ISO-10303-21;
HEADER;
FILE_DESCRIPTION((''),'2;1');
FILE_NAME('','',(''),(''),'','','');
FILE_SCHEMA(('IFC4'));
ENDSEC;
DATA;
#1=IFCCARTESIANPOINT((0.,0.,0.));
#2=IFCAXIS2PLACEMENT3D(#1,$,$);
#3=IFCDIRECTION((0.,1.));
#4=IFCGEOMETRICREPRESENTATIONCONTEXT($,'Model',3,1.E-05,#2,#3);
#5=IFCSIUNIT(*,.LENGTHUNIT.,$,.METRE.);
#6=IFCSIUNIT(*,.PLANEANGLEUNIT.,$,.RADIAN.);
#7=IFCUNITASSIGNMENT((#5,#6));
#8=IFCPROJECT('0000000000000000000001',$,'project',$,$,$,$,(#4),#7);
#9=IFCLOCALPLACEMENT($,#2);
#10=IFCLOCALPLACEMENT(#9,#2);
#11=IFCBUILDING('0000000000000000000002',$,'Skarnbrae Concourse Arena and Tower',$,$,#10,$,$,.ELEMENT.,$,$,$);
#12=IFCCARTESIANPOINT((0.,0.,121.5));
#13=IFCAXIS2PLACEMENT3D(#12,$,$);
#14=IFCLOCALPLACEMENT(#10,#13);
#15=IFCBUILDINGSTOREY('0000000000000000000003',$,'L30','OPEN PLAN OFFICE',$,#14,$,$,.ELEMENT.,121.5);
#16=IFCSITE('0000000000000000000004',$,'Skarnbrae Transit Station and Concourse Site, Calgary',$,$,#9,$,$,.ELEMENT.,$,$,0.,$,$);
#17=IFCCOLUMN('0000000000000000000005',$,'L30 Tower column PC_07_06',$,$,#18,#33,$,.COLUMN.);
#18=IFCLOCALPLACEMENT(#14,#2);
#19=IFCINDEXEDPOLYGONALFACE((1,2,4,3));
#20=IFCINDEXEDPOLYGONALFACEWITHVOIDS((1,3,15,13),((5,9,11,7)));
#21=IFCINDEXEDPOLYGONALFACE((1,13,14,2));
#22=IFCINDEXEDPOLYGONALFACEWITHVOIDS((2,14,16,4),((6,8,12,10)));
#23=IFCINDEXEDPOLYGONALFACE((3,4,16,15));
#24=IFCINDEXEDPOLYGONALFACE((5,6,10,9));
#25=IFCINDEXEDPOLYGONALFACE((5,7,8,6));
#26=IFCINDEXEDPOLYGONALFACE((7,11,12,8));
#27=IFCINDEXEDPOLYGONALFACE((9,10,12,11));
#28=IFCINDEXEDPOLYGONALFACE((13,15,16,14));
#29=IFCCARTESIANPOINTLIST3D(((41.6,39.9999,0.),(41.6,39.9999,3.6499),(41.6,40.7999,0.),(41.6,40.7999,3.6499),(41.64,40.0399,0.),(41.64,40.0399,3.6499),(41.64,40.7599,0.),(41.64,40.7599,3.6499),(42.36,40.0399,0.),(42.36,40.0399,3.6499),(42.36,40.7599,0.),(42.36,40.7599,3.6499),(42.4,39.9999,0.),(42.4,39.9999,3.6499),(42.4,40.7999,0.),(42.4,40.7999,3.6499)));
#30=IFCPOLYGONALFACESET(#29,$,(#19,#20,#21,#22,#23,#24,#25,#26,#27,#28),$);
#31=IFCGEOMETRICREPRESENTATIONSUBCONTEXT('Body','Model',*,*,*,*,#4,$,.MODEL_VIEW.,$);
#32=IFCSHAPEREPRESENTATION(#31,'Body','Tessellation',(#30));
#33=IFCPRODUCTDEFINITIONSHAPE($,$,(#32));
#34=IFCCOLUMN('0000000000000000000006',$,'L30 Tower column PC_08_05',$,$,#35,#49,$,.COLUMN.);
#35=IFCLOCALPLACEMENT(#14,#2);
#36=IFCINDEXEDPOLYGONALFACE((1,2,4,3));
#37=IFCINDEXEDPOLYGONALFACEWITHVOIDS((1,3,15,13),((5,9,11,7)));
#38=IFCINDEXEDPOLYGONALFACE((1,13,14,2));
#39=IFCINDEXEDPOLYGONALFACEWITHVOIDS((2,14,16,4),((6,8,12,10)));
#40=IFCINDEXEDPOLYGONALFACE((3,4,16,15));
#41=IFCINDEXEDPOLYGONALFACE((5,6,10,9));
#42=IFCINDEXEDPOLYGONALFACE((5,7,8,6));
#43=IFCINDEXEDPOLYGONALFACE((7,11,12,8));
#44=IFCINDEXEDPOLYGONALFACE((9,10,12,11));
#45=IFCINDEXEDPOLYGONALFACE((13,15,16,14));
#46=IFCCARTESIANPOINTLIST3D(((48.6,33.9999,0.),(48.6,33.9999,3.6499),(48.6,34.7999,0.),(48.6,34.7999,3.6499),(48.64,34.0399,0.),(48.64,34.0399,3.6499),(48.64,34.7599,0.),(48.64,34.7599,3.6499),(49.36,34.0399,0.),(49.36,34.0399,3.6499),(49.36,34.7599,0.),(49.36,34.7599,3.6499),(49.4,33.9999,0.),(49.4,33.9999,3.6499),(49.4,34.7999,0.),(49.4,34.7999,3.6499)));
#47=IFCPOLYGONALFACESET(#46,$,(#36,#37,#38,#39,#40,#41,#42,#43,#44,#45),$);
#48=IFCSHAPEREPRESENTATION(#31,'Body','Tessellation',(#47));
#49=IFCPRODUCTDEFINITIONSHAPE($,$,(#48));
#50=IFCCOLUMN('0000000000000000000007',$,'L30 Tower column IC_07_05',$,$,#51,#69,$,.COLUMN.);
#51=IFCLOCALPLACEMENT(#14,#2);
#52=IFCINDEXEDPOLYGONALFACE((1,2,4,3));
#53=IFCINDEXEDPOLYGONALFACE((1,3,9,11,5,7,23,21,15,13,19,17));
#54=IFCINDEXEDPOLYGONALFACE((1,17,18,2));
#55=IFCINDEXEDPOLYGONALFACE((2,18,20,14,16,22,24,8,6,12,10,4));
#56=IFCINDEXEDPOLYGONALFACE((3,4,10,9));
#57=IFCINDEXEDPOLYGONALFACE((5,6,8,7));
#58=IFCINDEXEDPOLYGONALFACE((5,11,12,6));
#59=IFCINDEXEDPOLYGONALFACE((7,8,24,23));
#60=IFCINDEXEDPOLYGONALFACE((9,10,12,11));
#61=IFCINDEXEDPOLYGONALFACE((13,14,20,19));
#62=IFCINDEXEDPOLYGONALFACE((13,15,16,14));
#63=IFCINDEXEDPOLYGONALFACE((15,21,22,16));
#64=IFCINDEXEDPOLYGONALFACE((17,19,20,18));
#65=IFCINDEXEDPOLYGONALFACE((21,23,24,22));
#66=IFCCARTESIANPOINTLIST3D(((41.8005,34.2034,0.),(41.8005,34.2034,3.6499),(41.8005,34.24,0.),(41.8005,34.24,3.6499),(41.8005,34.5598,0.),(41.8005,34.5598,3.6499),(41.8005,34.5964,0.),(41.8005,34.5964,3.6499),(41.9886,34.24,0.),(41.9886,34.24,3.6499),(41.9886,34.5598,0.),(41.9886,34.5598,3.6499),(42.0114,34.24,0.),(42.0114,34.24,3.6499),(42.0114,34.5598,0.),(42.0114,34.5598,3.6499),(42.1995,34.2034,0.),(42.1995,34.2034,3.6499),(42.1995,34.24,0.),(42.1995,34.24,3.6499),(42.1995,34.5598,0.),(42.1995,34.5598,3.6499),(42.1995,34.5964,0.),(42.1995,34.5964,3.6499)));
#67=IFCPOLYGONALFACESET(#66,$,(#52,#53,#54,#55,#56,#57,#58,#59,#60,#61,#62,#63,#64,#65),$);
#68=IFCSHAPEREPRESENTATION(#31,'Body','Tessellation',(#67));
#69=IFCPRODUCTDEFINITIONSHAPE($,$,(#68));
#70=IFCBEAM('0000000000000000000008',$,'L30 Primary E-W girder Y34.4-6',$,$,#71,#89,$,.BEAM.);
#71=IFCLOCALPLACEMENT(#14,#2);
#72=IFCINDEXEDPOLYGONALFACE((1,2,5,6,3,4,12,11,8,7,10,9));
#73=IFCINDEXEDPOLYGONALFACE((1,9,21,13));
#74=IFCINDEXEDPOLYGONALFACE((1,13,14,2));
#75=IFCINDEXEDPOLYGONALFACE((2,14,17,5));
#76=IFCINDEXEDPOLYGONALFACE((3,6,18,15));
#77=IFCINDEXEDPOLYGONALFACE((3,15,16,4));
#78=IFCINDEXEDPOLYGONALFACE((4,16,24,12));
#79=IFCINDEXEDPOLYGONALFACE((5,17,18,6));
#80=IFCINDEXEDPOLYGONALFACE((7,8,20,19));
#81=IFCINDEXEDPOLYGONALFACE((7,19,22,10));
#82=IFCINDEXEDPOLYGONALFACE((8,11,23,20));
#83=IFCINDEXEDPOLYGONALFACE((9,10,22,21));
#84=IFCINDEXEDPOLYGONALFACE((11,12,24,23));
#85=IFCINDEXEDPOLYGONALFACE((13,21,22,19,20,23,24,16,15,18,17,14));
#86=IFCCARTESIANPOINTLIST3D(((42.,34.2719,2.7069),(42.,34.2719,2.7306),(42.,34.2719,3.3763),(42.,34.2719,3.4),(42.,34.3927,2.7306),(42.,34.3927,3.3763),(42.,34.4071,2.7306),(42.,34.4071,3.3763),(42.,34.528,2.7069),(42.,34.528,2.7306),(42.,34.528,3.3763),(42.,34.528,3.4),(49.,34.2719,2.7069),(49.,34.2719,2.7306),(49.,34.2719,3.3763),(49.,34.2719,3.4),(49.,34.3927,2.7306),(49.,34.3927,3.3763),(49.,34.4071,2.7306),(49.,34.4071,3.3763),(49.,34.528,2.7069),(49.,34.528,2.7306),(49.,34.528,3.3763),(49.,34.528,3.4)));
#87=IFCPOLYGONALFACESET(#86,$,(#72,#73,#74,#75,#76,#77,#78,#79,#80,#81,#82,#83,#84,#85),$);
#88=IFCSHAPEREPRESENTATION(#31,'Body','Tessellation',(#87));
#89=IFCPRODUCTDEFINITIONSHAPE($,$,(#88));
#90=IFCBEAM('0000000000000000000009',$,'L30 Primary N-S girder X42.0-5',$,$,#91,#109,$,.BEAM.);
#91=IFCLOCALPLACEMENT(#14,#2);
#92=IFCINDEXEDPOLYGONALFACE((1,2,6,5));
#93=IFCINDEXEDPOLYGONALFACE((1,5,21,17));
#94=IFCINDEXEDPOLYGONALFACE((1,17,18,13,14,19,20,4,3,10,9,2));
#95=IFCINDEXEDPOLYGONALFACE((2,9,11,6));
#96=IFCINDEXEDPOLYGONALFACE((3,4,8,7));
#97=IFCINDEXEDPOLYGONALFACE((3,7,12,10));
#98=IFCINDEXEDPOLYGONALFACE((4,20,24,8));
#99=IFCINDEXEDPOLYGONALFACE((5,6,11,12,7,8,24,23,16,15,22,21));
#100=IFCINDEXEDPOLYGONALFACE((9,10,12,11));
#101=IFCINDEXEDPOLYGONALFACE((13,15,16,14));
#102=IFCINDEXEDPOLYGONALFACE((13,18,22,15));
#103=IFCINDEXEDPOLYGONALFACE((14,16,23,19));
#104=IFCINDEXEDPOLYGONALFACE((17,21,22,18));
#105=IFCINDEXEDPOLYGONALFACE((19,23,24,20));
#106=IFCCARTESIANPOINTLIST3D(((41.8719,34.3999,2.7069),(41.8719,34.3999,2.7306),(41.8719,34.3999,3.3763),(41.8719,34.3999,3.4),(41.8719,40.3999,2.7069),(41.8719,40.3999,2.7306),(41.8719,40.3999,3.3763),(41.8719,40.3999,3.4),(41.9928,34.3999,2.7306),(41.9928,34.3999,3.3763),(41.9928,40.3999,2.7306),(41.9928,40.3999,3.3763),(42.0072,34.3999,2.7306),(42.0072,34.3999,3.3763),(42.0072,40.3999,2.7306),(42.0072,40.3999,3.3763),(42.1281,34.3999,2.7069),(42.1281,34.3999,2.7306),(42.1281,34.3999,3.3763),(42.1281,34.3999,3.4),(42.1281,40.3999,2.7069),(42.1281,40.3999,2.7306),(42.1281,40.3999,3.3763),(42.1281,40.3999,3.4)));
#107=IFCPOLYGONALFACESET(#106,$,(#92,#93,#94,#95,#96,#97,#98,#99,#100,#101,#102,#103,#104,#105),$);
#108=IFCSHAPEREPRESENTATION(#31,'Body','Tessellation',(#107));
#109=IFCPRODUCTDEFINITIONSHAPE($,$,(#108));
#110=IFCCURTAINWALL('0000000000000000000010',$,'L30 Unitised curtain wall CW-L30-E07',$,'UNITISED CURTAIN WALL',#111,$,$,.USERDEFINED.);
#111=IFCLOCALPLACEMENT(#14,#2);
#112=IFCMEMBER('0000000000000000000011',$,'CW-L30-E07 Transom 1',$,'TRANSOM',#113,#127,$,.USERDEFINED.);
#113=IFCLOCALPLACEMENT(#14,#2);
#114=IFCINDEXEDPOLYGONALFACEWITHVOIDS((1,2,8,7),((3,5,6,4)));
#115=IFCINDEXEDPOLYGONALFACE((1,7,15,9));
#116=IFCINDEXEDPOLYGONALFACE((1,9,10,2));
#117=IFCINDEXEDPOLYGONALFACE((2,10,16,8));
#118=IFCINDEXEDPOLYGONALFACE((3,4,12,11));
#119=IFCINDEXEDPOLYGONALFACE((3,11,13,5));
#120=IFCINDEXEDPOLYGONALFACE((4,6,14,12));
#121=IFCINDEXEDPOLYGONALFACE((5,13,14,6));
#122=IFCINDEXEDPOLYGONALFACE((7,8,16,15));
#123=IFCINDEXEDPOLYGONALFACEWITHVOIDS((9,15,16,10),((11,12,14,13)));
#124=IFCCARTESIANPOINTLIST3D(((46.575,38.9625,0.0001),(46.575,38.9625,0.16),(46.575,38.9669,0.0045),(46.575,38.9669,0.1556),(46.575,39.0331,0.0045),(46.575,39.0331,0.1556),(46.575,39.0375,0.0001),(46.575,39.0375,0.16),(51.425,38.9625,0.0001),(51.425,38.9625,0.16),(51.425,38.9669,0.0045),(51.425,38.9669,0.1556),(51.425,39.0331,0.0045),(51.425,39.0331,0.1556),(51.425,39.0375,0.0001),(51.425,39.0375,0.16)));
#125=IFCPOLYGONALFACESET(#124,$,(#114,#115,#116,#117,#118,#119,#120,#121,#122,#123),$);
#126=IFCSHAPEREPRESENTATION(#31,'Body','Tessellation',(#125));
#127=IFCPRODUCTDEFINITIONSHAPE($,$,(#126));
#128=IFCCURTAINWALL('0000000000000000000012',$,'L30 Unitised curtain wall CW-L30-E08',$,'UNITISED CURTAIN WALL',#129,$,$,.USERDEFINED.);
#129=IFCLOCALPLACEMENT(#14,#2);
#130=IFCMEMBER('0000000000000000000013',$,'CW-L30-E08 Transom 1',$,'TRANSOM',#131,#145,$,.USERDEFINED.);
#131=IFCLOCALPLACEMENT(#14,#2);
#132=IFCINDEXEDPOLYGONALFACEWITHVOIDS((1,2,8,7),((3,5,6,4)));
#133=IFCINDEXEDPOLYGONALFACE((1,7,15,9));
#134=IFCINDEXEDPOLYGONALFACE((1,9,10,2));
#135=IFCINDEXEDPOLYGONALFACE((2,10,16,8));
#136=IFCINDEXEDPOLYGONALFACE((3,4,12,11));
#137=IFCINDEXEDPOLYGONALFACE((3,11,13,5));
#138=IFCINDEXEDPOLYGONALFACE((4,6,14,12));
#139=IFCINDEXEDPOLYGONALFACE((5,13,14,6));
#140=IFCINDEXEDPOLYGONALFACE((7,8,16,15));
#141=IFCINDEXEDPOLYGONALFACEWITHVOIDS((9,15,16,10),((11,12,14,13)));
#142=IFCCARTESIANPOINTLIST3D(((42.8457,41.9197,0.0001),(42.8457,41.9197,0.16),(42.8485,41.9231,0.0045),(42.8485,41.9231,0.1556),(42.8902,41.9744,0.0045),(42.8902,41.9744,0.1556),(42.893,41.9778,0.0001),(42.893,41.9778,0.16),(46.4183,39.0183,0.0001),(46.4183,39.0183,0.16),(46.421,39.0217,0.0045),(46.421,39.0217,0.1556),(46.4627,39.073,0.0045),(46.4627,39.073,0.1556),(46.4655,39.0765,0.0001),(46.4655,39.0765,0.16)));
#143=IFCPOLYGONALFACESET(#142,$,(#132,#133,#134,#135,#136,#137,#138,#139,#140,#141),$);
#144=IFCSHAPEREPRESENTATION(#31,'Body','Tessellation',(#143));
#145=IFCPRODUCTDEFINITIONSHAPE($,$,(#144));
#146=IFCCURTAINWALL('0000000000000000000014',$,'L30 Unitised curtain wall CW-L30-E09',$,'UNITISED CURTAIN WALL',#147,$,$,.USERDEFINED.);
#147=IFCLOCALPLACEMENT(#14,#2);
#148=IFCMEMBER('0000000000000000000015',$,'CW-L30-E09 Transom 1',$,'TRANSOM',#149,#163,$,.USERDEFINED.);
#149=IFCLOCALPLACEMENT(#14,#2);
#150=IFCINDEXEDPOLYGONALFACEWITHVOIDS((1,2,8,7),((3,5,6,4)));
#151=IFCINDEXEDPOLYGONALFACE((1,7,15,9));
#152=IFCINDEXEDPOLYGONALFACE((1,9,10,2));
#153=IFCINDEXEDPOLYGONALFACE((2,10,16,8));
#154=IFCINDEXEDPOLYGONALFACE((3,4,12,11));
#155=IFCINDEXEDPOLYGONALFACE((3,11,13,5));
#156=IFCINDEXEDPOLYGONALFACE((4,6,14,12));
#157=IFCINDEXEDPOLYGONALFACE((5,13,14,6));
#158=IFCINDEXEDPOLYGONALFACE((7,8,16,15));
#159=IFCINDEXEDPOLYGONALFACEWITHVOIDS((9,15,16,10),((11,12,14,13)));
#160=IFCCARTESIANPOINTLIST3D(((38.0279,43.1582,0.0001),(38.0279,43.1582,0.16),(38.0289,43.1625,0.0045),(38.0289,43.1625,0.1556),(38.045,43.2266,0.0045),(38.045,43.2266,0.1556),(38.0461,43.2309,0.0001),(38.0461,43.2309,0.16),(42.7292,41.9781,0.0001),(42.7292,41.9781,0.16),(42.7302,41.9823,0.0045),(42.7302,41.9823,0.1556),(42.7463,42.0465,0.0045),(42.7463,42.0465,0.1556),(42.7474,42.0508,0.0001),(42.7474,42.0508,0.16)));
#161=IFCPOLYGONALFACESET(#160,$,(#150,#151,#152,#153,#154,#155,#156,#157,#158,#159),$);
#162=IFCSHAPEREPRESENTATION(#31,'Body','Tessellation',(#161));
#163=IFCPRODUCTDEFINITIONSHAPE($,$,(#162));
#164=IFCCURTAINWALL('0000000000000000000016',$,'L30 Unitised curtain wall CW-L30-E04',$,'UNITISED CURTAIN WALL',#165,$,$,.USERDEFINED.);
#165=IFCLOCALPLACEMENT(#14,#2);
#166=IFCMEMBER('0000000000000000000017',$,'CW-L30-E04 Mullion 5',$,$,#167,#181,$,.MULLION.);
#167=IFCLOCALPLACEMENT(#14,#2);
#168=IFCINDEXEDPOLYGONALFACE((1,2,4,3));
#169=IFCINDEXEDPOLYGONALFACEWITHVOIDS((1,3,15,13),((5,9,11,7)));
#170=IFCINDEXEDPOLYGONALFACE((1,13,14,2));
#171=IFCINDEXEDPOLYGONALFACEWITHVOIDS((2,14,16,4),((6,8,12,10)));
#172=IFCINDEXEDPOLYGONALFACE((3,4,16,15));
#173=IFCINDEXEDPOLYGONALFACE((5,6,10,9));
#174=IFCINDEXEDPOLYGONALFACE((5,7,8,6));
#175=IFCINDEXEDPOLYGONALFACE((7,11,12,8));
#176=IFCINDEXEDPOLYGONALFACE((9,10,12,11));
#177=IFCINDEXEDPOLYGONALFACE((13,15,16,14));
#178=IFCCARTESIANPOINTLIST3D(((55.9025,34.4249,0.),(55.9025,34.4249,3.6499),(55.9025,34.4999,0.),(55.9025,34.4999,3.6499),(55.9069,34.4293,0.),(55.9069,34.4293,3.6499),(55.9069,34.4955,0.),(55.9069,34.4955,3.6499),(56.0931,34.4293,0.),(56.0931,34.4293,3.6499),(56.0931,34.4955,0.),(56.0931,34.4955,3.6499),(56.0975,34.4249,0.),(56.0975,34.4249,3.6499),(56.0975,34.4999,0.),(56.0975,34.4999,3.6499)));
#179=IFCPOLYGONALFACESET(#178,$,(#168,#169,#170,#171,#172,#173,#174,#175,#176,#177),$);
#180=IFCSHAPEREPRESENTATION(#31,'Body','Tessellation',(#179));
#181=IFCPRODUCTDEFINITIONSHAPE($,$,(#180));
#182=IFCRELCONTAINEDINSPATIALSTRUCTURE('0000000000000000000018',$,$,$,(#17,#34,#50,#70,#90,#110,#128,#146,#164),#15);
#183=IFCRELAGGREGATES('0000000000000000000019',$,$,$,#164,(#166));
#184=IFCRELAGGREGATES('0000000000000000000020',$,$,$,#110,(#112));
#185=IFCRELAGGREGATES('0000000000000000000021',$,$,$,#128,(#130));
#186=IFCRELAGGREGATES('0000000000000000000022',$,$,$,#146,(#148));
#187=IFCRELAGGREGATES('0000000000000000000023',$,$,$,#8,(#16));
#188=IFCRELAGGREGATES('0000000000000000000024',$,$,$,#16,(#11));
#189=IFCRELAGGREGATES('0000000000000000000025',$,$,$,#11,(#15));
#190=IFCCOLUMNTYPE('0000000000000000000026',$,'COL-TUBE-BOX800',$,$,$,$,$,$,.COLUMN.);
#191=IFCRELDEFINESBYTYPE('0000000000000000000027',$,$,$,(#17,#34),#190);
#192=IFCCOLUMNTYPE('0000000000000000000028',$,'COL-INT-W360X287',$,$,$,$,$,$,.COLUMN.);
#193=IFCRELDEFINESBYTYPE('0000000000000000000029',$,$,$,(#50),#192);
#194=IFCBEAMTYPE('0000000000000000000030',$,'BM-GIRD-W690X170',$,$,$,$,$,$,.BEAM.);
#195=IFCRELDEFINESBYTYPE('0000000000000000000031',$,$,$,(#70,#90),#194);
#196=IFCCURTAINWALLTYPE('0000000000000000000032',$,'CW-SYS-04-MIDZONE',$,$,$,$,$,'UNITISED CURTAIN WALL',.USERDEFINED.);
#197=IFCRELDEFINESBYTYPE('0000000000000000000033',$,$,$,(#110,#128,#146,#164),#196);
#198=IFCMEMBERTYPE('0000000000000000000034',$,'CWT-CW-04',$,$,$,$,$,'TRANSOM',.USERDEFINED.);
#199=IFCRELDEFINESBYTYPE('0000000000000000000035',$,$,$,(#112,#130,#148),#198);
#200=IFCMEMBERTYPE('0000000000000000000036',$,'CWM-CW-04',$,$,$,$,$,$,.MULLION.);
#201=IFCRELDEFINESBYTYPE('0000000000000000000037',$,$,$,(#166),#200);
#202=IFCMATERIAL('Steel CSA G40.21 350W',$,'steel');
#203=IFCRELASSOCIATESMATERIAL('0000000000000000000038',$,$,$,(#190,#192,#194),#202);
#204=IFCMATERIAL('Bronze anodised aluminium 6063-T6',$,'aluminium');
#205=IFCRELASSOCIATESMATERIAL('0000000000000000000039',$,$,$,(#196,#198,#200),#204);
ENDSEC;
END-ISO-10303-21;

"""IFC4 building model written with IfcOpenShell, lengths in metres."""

from ifc_helpers import new_model, si_unit, direction, frame, origin, origin_2d, place, context, subcontext, project, spatial, hollow_rectangle, i_section, extrude, source, transform, mapped, material, material_profile, profile_set, type_object, element, aggregate, save


model = new_model("IFC4")

# Units and contexts
model_context = context("Model", 3, precision=1e-05, world=origin(), true_north=direction((0.0, 1.0)))
body_context = subcontext(model_context, "Body", "Model", "MODEL_VIEW")
ifc_project = project(units=[si_unit("LENGTHUNIT", "METRE"), si_unit("PLANEANGLEUNIT", "RADIAN")], contexts=[model_context])

# Site, building, storey
site_placement = place(None, origin())
site = spatial("IfcSite", under=ifc_project, at=site_placement, Name="Skarnbrae Transit Station and Concourse Site, Calgary", CompositionType="ELEMENT", RefElevation=0.0)
building_placement = place(site_placement, origin())
building = spatial("IfcBuilding", under=site, at=building_placement, Name="Skarnbrae Concourse Arena and Tower", CompositionType="ELEMENT")
storey_placement = place(building_placement, frame((0.0, 0.0, 121.5)))
storey = spatial("IfcBuildingStorey", under=building, at=storey_placement, Name="L30", Description="OPEN PLAN OFFICE", CompositionType="ELEMENT", Elevation=121.5)

# Columns
ifc_material_1 = material(Name="Steel CSA G40.21 350W", Category="steel")
ifc_material_profile_1 = material_profile(ifc_material_1, hollow_rectangle(XDim=0.8, YDim=0.8, WallThickness=0.04, at=origin_2d()), Name="BOX800X800X40")
ifc_profile_set_1 = profile_set([ifc_material_profile_1], Name="Steel CSA G40.21 350W")
column_type_1 = type_object("IfcColumnType", Name="COL-TUBE-BOX800", PredefinedType="COLUMN", material=ifc_profile_set_1)
shared_shape_1 = source(origin(), body_context, "Body", "SweptSolid", [
    extrude(hollow_rectangle(XDim=0.8, YDim=0.8, WallThickness=0.04, at=origin_2d()), origin(), (0.0, 0.0, 1.0), 3.6499),
])
for number, where, z_axis, x_axis, name in (
    (1, (42.0, 40.3999, 0.0), (0.0, 0.0, 1.0), (1.0, 0.0, 0.0), "L30 Tower column PC_07_06"),
    (2, (49.0, 34.3999, 0.0), (0.0, 0.0, 1.0), (1.0, 0.0, 0.0), "L30 Tower column PC_08_05"),
):
    element("IfcColumn", number, at=place(storey_placement, frame(where, z_axis=z_axis, x_axis=x_axis)), inside=storey, type_object=column_type_1, Name=name, PredefinedType="COLUMN", context=body_context, shape_type="MappedRepresentation", body=[
        mapped(shared_shape_1, transform((0.0, 0.0, 0.0))),
    ])
ifc_material_profile_2 = material_profile(ifc_material_1, i_section(OverallWidth=0.3989, OverallDepth=0.3931, WebThickness=0.0227, FlangeThickness=0.0366, at=origin_2d()), Name="W360X287")
ifc_profile_set_2 = profile_set([ifc_material_profile_2], Name="Steel CSA G40.21 350W")
column_type_2 = type_object("IfcColumnType", Name="COL-INT-W360X287", PredefinedType="COLUMN", material=ifc_profile_set_2)
shared_shape_2 = source(origin(), body_context, "Body", "SweptSolid", [
    extrude(i_section(OverallWidth=0.3989, OverallDepth=0.3931, WebThickness=0.0227, FlangeThickness=0.0366, at=origin_2d()), origin(), (0.0, 0.0, 1.0), 3.6499),
])
column_placement = place(storey_placement, frame((42.0, 34.3999, 0.0), z_axis=(0.0, 0.0, 1.0), x_axis=(1.0, 0.0, 0.0)))
element("IfcColumn", 3, at=column_placement, inside=storey, type_object=column_type_2, Name="L30 Tower column IC_07_05", PredefinedType="COLUMN", context=body_context, shape_type="MappedRepresentation", body=[
    mapped(shared_shape_2, transform((0.0, 0.0, 0.0))),
])

# Beams
ifc_material_profile_3 = material_profile(ifc_material_1, i_section(OverallWidth=0.2561, OverallDepth=0.6931, WebThickness=0.0144, FlangeThickness=0.0237, at=origin_2d()), Name="W690X170")
ifc_profile_set_3 = profile_set([ifc_material_profile_3], Name="Steel CSA G40.21 350W")
beam_type = type_object("IfcBeamType", Name="BM-GIRD-W690X170", PredefinedType="BEAM", material=ifc_profile_set_3)
shared_shape_3 = source(origin(), body_context, "Body", "SweptSolid", [
    extrude(i_section(OverallWidth=0.2561, OverallDepth=0.6931, WebThickness=0.0144, FlangeThickness=0.0237, at=origin_2d()), origin(), (0.0, 0.0, 1.0), 7.0),
])
beam_1_placement = place(storey_placement, frame((42.0, 34.3999, 3.0535), z_axis=(1.0, 0.0, 0.0), x_axis=(0.0, 1.0, 0.0)))
element("IfcBeam", 4, at=beam_1_placement, inside=storey, type_object=beam_type, Name="L30 Primary E-W girder Y34.4-6", PredefinedType="BEAM", context=body_context, shape_type="MappedRepresentation", body=[
    mapped(shared_shape_3, transform((0.0, 0.0, 0.0))),
])
shared_shape_4 = source(origin(), body_context, "Body", "SweptSolid", [
    extrude(i_section(OverallWidth=0.2561, OverallDepth=0.6931, WebThickness=0.0144, FlangeThickness=0.0237, at=origin_2d()), origin(), (0.0, 0.0, 1.0), 6.0),
])
beam_2_placement = place(storey_placement, frame((42.0, 34.3999, 3.0535), z_axis=(0.0, 1.0, 0.0), x_axis=(-1.0, 0.0, 0.0)))
element("IfcBeam", 5, at=beam_2_placement, inside=storey, type_object=beam_type, Name="L30 Primary N-S girder X42.0-5", PredefinedType="BEAM", context=body_context, shape_type="MappedRepresentation", body=[
    mapped(shared_shape_4, transform((0.0, 0.0, 0.0))),
])

# Curtain walls, members
ifc_material_2 = material(Name="Bronze anodised aluminium 6063-T6", Category="aluminium")
curtain_wall_type = type_object("IfcCurtainWallType", Name="CW-SYS-04-MIDZONE", ElementType="UNITISED CURTAIN WALL", PredefinedType="USERDEFINED", material=ifc_material_2)
curtain_wall_1_placement = place(storey_placement, origin())
curtain_wall_1 = element("IfcCurtainWall", 6, at=curtain_wall_1_placement, inside=storey, type_object=curtain_wall_type, Name="L30 Unitised curtain wall CW-L30-E07", ObjectType="UNITISED CURTAIN WALL", PredefinedType="USERDEFINED")
ifc_material_profile_4 = material_profile(ifc_material_2, hollow_rectangle(XDim=0.075, YDim=0.1599, WallThickness=0.0044, at=origin_2d()), Name="ALU-TRAN-75X160")
ifc_profile_set_4 = profile_set([ifc_material_profile_4], Name="Bronze anodised aluminium 6063-T6")
member_type_1 = type_object("IfcMemberType", Name="CWT-CW-04", ElementType="TRANSOM", PredefinedType="USERDEFINED", material=ifc_profile_set_4)
shared_shape_5 = source(origin(), body_context, "Body", "SweptSolid", [
    extrude(hollow_rectangle(XDim=0.075, YDim=0.1599, WallThickness=0.0044, at=origin_2d()), origin(), (0.0, 0.0, 1.0), 4.8501),
])
member_1_placement = place(storey_placement, frame((51.425, 39.0, 0.0801), z_axis=(-1.0, 0.0, 0.0), x_axis=(0.0, -1.0, 0.0)))
member_1 = element("IfcMember", 7, at=member_1_placement, type_object=member_type_1, Name="CW-L30-E07 Transom 1", ObjectType="TRANSOM", PredefinedType="USERDEFINED", context=body_context, shape_type="MappedRepresentation", body=[
    mapped(shared_shape_5, transform((0.0, 0.0, 0.0))),
])
curtain_wall_2_placement = place(storey_placement, origin())
curtain_wall_2 = element("IfcCurtainWall", 8, at=curtain_wall_2_placement, inside=storey, type_object=curtain_wall_type, Name="L30 Unitised curtain wall CW-L30-E08", ObjectType="UNITISED CURTAIN WALL", PredefinedType="USERDEFINED")
shared_shape_6 = source(origin(), body_context, "Body", "SweptSolid", [
    extrude(hollow_rectangle(XDim=0.075, YDim=0.1599, WallThickness=0.0044, at=origin_2d()), origin(), (0.0, 0.0, 1.0), 4.6023),
])
member_2_placement = place(storey_placement, frame((46.4419, 39.0474, 0.0801), z_axis=(-0.776252, 0.630423, 0.0), x_axis=(-0.630423, -0.776252, 0.0)))
member_2 = element("IfcMember", 9, at=member_2_placement, type_object=member_type_1, Name="CW-L30-E08 Transom 1", ObjectType="TRANSOM", PredefinedType="USERDEFINED", context=body_context, shape_type="MappedRepresentation", body=[
    mapped(shared_shape_6, transform((0.0, 0.0, 0.0))),
])
curtain_wall_3_placement = place(storey_placement, origin())
curtain_wall_3 = element("IfcCurtainWall", 10, at=curtain_wall_3_placement, inside=storey, type_object=curtain_wall_type, Name="L30 Unitised curtain wall CW-L30-E09", ObjectType="UNITISED CURTAIN WALL", PredefinedType="USERDEFINED")
shared_shape_7 = source(origin(), body_context, "Body", "SweptSolid", [
    extrude(hollow_rectangle(XDim=0.075, YDim=0.1599, WallThickness=0.0044, at=origin_2d()), origin(), (0.0, 0.0, 1.0), 4.8472),
])
member_3_placement = place(storey_placement, frame((42.7383, 42.0144, 0.0801), z_axis=(-0.969908, 0.243472, 0.0), x_axis=(-0.243472, -0.969908, 0.0)))
member_3 = element("IfcMember", 11, at=member_3_placement, type_object=member_type_1, Name="CW-L30-E09 Transom 1", ObjectType="TRANSOM", PredefinedType="USERDEFINED", context=body_context, shape_type="MappedRepresentation", body=[
    mapped(shared_shape_7, transform((0.0, 0.0, 0.0))),
])
curtain_wall_4_placement = place(storey_placement, origin())
curtain_wall_4 = element("IfcCurtainWall", 12, at=curtain_wall_4_placement, inside=storey, type_object=curtain_wall_type, Name="L30 Unitised curtain wall CW-L30-E04", ObjectType="UNITISED CURTAIN WALL", PredefinedType="USERDEFINED")
ifc_material_profile_5 = material_profile(ifc_material_2, hollow_rectangle(XDim=0.075, YDim=0.1951, WallThickness=0.0044, at=origin_2d()), Name="ALU-MULL-75X195")
ifc_profile_set_5 = profile_set([ifc_material_profile_5], Name="Bronze anodised aluminium 6063-T6")
member_type_2 = type_object("IfcMemberType", Name="CWM-CW-04", PredefinedType="MULLION", material=ifc_profile_set_5)
shared_shape_8 = source(origin(), body_context, "Body", "SweptSolid", [
    extrude(hollow_rectangle(XDim=0.075, YDim=0.1951, WallThickness=0.0044, at=origin_2d()), origin(), (0.0, 0.0, 1.0), 3.6499),
])
member_4_placement = place(storey_placement, frame((56.0, 34.4624, 0.0), z_axis=(0.0, 0.0, 1.0), x_axis=(0.0, 1.0, 0.0)))
member_4 = element("IfcMember", 13, at=member_4_placement, type_object=member_type_2, Name="CW-L30-E04 Mullion 5", PredefinedType="MULLION", context=body_context, shape_type="MappedRepresentation", body=[
    mapped(shared_shape_8, transform((0.0, 0.0, 0.0))),
])
aggregate(curtain_wall_4, [member_4])

aggregate(curtain_wall_1, [member_1])
aggregate(curtain_wall_2, [member_2])
aggregate(curtain_wall_3, [member_3])

save(model, "model.ifc")
